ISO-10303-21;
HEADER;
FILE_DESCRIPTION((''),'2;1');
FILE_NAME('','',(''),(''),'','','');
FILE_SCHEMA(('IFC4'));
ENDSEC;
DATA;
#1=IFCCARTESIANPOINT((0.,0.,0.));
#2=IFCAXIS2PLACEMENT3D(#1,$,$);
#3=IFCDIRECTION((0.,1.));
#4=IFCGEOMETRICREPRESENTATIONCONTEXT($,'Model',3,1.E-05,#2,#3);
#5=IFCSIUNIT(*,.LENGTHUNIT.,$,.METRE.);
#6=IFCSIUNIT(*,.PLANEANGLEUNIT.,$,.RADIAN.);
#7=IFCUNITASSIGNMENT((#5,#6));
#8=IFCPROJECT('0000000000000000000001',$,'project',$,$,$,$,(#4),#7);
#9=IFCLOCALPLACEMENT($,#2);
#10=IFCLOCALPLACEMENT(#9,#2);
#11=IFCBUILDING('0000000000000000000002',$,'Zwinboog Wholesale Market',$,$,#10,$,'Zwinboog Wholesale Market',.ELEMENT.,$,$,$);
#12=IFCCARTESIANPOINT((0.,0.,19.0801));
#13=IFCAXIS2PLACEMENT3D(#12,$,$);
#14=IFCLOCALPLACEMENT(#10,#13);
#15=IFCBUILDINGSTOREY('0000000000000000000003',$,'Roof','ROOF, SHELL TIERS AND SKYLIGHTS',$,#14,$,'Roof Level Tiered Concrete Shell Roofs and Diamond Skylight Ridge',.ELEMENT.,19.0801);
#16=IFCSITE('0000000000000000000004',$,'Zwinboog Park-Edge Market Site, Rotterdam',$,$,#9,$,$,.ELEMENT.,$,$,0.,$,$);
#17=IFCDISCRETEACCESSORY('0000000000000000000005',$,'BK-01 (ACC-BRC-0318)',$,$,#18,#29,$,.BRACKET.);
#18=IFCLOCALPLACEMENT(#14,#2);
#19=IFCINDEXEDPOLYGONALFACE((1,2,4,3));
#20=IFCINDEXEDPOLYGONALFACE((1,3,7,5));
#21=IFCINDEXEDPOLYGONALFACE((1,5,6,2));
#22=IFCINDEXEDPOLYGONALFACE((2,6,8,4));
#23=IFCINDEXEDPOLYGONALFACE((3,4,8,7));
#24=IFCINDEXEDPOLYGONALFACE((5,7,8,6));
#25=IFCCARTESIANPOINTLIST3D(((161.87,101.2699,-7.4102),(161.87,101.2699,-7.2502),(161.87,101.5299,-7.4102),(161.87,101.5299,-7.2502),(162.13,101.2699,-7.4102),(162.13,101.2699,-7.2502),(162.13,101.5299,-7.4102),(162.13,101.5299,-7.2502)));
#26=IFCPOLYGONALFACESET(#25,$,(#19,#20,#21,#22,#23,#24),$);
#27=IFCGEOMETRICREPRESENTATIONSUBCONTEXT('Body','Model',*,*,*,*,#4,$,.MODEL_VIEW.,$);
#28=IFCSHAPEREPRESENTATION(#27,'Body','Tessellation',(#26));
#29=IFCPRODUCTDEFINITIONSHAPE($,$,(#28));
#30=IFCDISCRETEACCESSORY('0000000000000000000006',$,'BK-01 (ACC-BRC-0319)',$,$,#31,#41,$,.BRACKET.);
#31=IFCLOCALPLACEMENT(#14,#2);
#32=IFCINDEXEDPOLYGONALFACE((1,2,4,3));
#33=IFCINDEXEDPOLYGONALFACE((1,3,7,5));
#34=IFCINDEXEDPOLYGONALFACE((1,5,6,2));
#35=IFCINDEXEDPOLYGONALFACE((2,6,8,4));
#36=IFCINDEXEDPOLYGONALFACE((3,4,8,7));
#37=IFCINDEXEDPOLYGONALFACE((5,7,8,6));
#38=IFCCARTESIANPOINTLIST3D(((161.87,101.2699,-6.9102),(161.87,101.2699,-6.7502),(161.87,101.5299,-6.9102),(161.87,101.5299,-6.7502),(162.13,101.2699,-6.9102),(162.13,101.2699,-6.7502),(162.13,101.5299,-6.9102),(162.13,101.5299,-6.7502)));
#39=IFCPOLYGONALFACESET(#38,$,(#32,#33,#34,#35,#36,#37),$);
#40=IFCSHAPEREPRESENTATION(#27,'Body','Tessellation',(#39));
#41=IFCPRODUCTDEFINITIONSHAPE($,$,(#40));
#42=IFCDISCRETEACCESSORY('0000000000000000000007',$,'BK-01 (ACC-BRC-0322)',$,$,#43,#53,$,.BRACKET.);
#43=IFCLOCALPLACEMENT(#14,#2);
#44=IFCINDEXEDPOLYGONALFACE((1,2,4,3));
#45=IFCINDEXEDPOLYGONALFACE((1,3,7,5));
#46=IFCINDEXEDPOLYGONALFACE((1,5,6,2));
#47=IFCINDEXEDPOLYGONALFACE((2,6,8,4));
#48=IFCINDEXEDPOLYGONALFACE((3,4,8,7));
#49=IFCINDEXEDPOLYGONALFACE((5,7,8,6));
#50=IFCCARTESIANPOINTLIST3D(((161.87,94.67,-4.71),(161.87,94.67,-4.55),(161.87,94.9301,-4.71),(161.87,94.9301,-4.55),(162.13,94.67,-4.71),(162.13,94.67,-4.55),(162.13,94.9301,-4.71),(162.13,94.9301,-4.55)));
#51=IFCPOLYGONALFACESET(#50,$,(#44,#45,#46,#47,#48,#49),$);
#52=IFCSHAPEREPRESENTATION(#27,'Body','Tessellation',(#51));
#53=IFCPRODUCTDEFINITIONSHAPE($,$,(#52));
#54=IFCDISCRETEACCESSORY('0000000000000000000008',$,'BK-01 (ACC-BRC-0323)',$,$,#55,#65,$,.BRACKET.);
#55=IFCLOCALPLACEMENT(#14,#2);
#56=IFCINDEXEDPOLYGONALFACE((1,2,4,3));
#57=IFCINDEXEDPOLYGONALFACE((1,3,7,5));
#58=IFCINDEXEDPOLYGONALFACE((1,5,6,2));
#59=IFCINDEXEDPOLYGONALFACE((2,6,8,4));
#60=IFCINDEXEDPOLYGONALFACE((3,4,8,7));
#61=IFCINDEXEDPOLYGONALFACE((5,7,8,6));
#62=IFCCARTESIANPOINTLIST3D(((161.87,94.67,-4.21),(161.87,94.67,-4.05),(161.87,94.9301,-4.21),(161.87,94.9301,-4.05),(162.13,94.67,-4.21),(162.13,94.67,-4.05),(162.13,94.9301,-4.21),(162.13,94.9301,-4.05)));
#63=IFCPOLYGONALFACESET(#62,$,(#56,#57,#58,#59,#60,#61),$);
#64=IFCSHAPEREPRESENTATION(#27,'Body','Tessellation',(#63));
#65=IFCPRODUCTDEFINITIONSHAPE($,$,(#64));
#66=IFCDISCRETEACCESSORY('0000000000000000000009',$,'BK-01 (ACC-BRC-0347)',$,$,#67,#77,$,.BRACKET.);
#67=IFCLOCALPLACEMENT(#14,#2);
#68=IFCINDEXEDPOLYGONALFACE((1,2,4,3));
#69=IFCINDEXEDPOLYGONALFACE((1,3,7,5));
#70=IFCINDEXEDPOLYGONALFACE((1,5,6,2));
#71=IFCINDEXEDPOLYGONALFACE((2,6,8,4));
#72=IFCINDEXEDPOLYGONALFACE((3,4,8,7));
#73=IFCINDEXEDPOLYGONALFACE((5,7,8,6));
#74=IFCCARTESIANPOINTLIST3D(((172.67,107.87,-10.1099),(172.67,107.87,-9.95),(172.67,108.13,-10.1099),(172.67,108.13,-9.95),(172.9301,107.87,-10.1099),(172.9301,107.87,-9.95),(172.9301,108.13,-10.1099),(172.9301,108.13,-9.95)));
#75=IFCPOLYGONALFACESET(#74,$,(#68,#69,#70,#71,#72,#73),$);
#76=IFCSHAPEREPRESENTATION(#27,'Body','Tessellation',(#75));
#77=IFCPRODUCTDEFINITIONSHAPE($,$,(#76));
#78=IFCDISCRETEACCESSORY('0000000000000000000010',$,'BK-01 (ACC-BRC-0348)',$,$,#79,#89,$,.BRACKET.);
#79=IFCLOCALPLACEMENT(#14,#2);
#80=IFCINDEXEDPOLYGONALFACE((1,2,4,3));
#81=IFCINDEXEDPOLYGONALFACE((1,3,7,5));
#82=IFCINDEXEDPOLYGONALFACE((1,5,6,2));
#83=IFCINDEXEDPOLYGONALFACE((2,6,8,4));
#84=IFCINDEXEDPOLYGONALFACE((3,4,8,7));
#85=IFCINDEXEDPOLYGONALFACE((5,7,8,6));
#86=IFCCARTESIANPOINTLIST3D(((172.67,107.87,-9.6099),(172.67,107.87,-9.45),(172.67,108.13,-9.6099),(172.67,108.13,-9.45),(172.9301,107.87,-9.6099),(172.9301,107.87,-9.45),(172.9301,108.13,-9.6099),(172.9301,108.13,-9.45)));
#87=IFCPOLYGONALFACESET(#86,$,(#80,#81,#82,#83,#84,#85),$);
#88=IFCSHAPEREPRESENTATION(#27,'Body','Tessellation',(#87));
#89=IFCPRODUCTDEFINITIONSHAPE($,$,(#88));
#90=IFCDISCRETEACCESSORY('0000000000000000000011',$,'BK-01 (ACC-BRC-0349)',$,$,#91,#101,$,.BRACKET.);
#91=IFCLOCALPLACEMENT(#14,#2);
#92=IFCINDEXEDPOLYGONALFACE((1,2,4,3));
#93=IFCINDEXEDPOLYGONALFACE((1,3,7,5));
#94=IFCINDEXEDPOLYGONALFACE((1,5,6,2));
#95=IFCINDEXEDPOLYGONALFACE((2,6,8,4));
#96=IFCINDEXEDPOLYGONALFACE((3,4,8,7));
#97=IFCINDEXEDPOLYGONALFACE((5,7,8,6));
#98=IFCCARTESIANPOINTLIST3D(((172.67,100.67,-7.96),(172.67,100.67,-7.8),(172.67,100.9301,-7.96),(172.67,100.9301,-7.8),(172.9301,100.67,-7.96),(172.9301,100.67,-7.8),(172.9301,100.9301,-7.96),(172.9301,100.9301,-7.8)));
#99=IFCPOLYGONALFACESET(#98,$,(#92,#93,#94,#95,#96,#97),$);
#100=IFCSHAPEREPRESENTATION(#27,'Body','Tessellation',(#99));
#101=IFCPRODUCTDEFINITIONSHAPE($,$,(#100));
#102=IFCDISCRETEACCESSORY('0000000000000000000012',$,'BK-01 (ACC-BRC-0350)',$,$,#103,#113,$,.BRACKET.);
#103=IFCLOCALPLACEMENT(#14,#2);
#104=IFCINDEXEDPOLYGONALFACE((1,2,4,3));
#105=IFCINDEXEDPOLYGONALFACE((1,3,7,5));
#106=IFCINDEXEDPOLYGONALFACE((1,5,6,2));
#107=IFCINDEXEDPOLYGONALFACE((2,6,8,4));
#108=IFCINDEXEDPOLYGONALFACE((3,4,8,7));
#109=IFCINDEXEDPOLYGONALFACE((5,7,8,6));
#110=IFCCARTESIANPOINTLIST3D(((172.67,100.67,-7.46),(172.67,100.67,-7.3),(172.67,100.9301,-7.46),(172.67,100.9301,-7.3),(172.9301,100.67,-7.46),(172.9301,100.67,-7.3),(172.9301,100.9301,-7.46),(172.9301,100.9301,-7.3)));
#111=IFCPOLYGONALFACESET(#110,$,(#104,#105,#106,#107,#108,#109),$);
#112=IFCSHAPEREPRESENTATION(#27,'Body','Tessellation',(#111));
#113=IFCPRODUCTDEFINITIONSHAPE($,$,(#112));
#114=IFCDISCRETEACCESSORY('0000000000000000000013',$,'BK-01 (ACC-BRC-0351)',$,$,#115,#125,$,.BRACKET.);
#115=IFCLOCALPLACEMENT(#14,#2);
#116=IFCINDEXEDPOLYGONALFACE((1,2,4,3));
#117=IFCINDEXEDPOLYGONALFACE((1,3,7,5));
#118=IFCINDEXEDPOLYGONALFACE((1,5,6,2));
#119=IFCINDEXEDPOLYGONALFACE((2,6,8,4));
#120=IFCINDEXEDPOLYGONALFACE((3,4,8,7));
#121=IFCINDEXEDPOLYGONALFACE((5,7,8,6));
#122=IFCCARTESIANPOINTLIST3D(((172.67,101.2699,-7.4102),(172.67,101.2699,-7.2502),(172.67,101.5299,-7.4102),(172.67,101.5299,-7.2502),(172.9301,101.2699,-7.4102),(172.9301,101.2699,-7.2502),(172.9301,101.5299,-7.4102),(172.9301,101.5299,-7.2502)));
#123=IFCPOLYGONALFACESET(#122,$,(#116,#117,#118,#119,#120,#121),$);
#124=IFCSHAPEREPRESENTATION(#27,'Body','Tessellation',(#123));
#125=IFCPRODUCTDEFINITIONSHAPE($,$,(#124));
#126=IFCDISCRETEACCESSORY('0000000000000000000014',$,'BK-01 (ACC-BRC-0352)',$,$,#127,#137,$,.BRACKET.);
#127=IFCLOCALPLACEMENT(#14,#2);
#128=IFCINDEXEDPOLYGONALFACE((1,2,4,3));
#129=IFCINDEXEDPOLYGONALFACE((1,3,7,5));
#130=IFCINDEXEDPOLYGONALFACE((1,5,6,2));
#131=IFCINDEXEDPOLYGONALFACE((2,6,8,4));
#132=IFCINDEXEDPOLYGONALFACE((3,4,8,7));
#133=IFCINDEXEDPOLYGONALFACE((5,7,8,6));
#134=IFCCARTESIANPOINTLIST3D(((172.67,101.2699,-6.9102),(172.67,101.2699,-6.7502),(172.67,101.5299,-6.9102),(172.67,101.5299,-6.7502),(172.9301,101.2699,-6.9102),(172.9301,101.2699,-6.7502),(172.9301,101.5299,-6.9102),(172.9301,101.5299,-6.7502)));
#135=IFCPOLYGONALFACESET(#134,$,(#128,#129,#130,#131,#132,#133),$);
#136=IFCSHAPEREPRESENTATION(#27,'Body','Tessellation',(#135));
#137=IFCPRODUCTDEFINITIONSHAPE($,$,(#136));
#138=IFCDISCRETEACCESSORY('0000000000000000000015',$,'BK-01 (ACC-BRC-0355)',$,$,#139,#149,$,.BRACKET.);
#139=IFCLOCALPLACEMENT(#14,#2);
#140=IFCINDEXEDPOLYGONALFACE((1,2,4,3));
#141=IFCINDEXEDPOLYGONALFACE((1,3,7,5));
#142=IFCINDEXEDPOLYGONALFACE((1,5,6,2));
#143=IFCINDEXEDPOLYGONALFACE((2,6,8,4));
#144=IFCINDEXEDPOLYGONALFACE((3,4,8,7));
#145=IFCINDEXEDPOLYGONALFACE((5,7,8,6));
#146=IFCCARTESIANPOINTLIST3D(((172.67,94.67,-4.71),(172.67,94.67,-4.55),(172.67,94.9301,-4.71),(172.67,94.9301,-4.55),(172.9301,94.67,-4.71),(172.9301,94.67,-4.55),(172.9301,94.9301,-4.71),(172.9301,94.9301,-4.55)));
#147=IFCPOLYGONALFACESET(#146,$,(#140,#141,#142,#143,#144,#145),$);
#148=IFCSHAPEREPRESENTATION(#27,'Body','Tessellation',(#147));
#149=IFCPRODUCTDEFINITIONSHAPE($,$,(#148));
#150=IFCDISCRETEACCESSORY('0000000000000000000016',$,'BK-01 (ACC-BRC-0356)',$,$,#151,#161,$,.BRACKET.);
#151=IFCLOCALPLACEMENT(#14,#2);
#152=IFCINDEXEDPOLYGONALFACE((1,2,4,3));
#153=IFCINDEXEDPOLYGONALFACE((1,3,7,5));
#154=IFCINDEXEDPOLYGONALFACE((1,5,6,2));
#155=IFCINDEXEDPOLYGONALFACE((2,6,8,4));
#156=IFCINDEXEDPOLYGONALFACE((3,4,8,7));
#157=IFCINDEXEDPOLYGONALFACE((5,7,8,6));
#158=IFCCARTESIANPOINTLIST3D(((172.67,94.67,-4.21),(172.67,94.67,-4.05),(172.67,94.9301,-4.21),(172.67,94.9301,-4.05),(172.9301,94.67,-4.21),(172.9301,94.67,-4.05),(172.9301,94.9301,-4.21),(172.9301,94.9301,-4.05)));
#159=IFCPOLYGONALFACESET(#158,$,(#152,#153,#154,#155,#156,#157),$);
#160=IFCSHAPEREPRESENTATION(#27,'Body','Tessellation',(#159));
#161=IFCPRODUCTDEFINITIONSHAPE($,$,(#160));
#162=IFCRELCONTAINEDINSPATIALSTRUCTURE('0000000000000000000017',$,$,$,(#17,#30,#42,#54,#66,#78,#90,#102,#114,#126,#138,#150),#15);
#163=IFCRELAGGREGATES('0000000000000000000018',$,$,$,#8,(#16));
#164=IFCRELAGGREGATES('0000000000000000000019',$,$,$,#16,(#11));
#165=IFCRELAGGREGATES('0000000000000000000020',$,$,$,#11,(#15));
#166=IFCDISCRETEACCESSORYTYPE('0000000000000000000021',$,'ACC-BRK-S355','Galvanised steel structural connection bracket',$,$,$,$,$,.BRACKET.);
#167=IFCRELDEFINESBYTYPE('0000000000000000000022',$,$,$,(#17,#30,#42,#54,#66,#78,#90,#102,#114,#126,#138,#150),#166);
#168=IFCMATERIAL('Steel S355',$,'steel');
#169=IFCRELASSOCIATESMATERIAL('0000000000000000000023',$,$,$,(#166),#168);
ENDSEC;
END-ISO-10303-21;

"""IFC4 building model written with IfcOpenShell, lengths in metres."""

from ifc_helpers import new_model, si_unit, direction, frame, origin, origin_2d, place, context, subcontext, project, spatial, rectangle, extrude, material, type_object, element, save


model = new_model("IFC4")

# Units and contexts
model_context = context("Model", 3, precision=1e-05, world=origin(), true_north=direction((0.0, 1.0)))
body_context = subcontext(model_context, "Body", "Model", "MODEL_VIEW")
ifc_project = project(units=[si_unit("LENGTHUNIT", "METRE"), si_unit("PLANEANGLEUNIT", "RADIAN")], contexts=[model_context])

# Site, building, storey
site_placement = place(None, origin())
site = spatial("IfcSite", under=ifc_project, at=site_placement, Name="Zwinboog Park-Edge Market Site, Rotterdam", CompositionType="ELEMENT", RefElevation=0.0)
building_placement = place(site_placement, origin())
building = spatial("IfcBuilding", under=site, at=building_placement, Name="Zwinboog Wholesale Market", LongName="Zwinboog Wholesale Market", CompositionType="ELEMENT")
storey_placement = place(building_placement, frame((0.0, 0.0, 19.0801)))
storey = spatial("IfcBuildingStorey", under=building, at=storey_placement, Name="Roof", Description="ROOF, SHELL TIERS AND SKYLIGHTS", LongName="Roof Level Tiered Concrete Shell Roofs and Diamond Skylight Ridge", CompositionType="ELEMENT", Elevation=19.0801)

# Shared definitions
ifc_material_1 = material(Name="Steel S355", Category="steel")

# Discrete accessories
discrete_accessory_type = type_object("IfcDiscreteAccessoryType", Name="ACC-BRK-S355", Description="Galvanised steel structural connection bracket", PredefinedType="BRACKET", material=ifc_material_1)
for number, where, z_axis, x_axis, name in (
    (1, (162.0, 101.3999, -7.4102), (0.0, 0.0, 1.0), (1.0, 0.0, 0.0), "BK-01 (ACC-BRC-0318)"),
    (2, (162.0, 101.3999, -6.9102), (0.0, 0.0, 1.0), (1.0, 0.0, 0.0), "BK-01 (ACC-BRC-0319)"),
    (3, (162.0, 94.8, -4.71), (0.0, 0.0, 1.0), (1.0, 0.0, 0.0), "BK-01 (ACC-BRC-0322)"),
    (4, (162.0, 94.8, -4.21), (0.0, 0.0, 1.0), (1.0, 0.0, 0.0), "BK-01 (ACC-BRC-0323)"),
    (5, (172.8, 108.0, -10.1099), (0.0, 0.0, 1.0), (1.0, 0.0, 0.0), "BK-01 (ACC-BRC-0347)"),
    (6, (172.8, 108.0, -9.6099), (0.0, 0.0, 1.0), (1.0, 0.0, 0.0), "BK-01 (ACC-BRC-0348)"),
    (7, (172.8, 100.8, -7.96), (0.0, 0.0, 1.0), (1.0, 0.0, 0.0), "BK-01 (ACC-BRC-0349)"),
    (8, (172.8, 100.8, -7.46), (0.0, 0.0, 1.0), (1.0, 0.0, 0.0), "BK-01 (ACC-BRC-0350)"),
    (9, (172.8, 101.3999, -7.4102), (0.0, 0.0, 1.0), (1.0, 0.0, 0.0), "BK-01 (ACC-BRC-0351)"),
    (10, (172.8, 101.3999, -6.9102), (0.0, 0.0, 1.0), (1.0, 0.0, 0.0), "BK-01 (ACC-BRC-0352)"),
    (11, (172.8, 94.8, -4.71), (0.0, 0.0, 1.0), (1.0, 0.0, 0.0), "BK-01 (ACC-BRC-0355)"),
    (12, (172.8, 94.8, -4.21), (0.0, 0.0, 1.0), (1.0, 0.0, 0.0), "BK-01 (ACC-BRC-0356)"),
):
    element("IfcDiscreteAccessory", number, at=place(storey_placement, frame(where, z_axis=z_axis, x_axis=x_axis)), inside=storey, type_object=discrete_accessory_type, Name=name, PredefinedType="BRACKET", context=body_context, shape_type="SweptSolid", body=[
        extrude(rectangle(XDim=0.26, YDim=0.26, at=origin_2d()), origin(), (0.0, 0.0, 1.0), 0.1599),
    ])

save(model, "model.ifc")
